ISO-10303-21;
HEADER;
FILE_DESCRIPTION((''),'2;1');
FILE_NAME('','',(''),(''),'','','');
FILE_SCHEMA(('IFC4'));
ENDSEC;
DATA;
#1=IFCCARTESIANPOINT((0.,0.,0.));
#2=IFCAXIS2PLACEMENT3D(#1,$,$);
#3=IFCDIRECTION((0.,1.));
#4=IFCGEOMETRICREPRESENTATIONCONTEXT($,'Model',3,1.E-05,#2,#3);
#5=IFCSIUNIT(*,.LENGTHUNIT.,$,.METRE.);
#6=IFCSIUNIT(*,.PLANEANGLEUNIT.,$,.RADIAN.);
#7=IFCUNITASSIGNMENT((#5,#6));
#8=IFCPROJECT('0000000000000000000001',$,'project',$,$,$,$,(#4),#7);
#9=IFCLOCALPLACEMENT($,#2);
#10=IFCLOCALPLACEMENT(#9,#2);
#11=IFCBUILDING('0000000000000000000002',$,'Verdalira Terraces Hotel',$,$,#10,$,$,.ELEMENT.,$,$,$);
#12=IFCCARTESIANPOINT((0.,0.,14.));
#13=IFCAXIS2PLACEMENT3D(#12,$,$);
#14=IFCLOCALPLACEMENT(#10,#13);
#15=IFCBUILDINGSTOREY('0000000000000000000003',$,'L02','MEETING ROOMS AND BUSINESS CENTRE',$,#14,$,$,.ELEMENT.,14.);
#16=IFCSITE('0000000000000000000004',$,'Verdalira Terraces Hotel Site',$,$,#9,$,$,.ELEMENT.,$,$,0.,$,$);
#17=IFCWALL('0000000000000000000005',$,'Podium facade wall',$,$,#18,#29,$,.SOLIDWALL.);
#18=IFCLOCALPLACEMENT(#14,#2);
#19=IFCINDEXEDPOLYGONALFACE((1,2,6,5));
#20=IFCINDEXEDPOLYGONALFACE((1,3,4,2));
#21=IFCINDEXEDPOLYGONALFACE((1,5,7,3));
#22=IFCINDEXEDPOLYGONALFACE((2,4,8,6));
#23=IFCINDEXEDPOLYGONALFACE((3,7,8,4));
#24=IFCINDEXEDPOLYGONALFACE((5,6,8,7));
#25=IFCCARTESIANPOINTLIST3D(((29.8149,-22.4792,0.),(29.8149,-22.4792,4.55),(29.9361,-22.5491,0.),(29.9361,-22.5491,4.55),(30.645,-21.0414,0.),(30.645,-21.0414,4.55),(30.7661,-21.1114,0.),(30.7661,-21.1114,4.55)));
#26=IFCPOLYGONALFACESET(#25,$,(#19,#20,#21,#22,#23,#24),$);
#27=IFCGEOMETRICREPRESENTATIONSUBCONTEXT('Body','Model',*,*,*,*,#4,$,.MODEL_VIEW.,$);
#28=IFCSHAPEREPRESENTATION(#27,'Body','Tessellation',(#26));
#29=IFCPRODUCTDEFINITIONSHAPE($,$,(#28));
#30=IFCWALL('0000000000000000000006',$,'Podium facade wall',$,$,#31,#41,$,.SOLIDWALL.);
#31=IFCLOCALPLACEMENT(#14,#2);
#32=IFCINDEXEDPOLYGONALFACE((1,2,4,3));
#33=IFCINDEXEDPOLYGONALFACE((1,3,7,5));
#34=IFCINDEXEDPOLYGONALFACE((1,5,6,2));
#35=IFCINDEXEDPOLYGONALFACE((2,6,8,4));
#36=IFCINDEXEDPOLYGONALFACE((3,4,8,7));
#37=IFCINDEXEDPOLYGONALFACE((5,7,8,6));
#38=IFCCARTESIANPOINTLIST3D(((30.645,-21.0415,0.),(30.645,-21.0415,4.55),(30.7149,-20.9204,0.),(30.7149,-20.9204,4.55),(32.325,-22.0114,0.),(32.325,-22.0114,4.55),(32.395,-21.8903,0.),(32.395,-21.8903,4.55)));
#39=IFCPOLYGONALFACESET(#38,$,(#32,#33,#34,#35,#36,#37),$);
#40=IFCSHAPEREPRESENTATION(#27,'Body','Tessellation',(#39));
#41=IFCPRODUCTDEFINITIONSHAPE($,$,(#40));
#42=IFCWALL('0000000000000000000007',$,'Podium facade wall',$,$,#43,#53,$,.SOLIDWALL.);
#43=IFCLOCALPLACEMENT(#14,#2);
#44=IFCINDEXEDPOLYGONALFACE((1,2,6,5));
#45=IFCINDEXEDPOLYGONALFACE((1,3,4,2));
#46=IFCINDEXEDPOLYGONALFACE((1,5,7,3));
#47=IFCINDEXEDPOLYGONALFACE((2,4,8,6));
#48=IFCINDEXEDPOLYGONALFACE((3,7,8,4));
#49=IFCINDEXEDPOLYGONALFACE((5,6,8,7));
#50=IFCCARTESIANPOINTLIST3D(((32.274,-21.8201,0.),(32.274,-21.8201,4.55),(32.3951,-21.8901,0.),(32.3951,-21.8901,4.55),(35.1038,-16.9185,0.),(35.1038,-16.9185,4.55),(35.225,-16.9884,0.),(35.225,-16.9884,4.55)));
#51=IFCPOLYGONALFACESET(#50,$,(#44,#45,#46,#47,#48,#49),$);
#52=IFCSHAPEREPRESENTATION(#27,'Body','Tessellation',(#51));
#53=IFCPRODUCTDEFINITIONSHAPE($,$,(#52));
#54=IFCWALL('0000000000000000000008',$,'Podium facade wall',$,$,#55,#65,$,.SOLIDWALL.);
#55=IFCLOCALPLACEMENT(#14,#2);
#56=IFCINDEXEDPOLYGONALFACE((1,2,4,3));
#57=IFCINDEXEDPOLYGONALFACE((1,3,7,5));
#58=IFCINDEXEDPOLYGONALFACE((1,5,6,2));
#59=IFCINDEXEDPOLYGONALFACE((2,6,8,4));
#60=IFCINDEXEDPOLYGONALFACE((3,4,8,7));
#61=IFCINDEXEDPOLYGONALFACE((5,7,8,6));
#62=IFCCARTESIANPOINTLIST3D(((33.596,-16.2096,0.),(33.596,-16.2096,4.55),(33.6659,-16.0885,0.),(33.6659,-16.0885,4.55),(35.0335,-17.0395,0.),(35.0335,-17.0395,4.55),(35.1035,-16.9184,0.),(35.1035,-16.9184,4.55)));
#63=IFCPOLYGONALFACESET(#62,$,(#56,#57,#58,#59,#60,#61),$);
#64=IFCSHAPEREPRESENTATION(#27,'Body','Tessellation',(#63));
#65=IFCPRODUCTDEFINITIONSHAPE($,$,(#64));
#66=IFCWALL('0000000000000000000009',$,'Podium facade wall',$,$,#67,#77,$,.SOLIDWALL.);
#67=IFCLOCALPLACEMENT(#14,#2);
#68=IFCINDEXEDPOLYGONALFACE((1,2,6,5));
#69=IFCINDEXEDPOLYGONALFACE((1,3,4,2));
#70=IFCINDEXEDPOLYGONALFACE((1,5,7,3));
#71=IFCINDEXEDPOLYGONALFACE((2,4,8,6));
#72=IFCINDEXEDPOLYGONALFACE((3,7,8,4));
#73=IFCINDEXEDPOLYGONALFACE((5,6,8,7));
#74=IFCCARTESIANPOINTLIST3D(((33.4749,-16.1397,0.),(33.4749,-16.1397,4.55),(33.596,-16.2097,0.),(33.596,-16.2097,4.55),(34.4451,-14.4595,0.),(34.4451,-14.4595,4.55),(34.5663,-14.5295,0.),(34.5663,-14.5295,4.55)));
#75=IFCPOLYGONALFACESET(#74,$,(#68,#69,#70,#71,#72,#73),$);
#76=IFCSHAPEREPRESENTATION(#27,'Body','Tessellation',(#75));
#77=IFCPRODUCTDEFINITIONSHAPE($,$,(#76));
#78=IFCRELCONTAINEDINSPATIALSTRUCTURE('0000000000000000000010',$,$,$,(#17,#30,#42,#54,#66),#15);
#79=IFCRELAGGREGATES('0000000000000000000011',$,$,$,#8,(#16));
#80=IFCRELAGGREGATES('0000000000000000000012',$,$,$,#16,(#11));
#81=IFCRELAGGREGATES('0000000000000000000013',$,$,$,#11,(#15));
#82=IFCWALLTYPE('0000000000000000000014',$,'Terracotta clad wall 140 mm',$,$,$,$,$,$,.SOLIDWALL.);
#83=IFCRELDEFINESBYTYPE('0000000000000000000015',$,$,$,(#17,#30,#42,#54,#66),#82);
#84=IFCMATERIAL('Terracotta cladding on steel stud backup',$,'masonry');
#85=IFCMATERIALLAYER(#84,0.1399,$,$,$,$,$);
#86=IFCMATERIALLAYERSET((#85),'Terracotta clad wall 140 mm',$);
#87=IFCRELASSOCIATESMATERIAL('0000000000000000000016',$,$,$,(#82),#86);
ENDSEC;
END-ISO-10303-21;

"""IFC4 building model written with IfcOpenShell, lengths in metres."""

from ifc_helpers import new_model, si_unit, direction, frame, frame_2d, origin, place, context, subcontext, project, spatial, rectangle, extrude, material, layer, layer_set, type_object, element, save


model = new_model("IFC4")

# Units and contexts
model_context = context("Model", 3, precision=1e-05, world=origin(), true_north=direction((0.0, 1.0)))
body_context = subcontext(model_context, "Body", "Model", "MODEL_VIEW")
ifc_project = project(units=[si_unit("LENGTHUNIT", "METRE"), si_unit("PLANEANGLEUNIT", "RADIAN")], contexts=[model_context])

# Site, building, storey
site_placement = place(None, origin())
site = spatial("IfcSite", under=ifc_project, at=site_placement, Name="Verdalira Terraces Hotel Site", CompositionType="ELEMENT", RefElevation=0.0)
building_placement = place(site_placement, origin())
building = spatial("IfcBuilding", under=site, at=building_placement, Name="Verdalira Terraces Hotel", CompositionType="ELEMENT")
storey_placement = place(building_placement, frame((0.0, 0.0, 14.0)))
storey = spatial("IfcBuildingStorey", under=building, at=storey_placement, Name="L02", Description="MEETING ROOMS AND BUSINESS CENTRE", CompositionType="ELEMENT", Elevation=14.0)

# Shared definitions
ifc_material_1 = material(Name="Terracotta cladding on steel stud backup", Category="masonry")
ifc_layer_1 = layer(ifc_material_1, 0.1399)
ifc_layer_set_1 = layer_set([ifc_layer_1], Name="Terracotta clad wall 140 mm")
wall_type_1 = type_object("IfcWallType", Name="Terracotta clad wall 140 mm", PredefinedType="SOLIDWALL", material=ifc_layer_set_1)

# Walls
wall_1_placement = place(storey_placement, frame((29.8755, -22.5142, 0.0), z_axis=(0.0, 0.0, 1.0), x_axis=(0.499998, 0.866026, 0.0)))
element("IfcWall", 1, at=wall_1_placement, inside=storey, type_object=wall_type_1, Name="Podium facade wall", PredefinedType="SOLIDWALL", context=body_context, shape_type="SweptSolid", body=[
    extrude(rectangle(XDim=1.6602, YDim=0.1399, at=frame_2d((0.8301, 0.0))), origin(), (0.0, 0.0, 1.0), 4.55),
])
wall_2_placement = place(storey_placement, frame((30.6799, -20.981, 0.0), z_axis=(0.0, 0.0, 1.0), x_axis=(0.866043, -0.499969, 0.0)))
element("IfcWall", 2, at=wall_2_placement, inside=storey, type_object=wall_type_1, Name="Podium facade wall", PredefinedType="SOLIDWALL", context=body_context, shape_type="SweptSolid", body=[
    extrude(rectangle(XDim=1.9399, YDim=0.1399, at=frame_2d((0.97, 0.0))), origin(), (0.0, 0.0, 1.0), 4.55),
])
wall_3_placement = place(storey_placement, frame((32.3345, -21.8552, 0.0), z_axis=(0.0, 0.0, 1.0), x_axis=(0.499985, 0.866034, 0.0)))
element("IfcWall", 3, at=wall_3_placement, inside=storey, type_object=wall_type_1, Name="Podium facade wall", PredefinedType="SOLIDWALL", context=body_context, shape_type="SweptSolid", body=[
    extrude(rectangle(XDim=5.6599, YDim=0.1399, at=frame_2d((2.8301, 0.0))), origin(), (0.0, 0.0, 1.0), 4.55),
])
wall_4_placement = place(storey_placement, frame((35.0686, -16.979, 0.0), z_axis=(0.0, 0.0, 1.0), x_axis=(-0.866053, 0.499952, 0.0)))
element("IfcWall", 4, at=wall_4_placement, inside=storey, type_object=wall_type_1, Name="Podium facade wall", PredefinedType="SOLIDWALL", context=body_context, shape_type="SweptSolid", body=[
    extrude(rectangle(XDim=1.6599, YDim=0.1399, at=frame_2d((0.8301, 0.0))), origin(), (0.0, 0.0, 1.0), 4.55),
])
wall_5_placement = place(storey_placement, frame((33.5354, -16.1748, 0.0), z_axis=(0.0, 0.0, 1.0), x_axis=(0.500064, 0.865989, 0.0)))
element("IfcWall", 5, at=wall_5_placement, inside=storey, type_object=wall_type_1, Name="Podium facade wall", PredefinedType="SOLIDWALL", context=body_context, shape_type="SweptSolid", body=[
    extrude(rectangle(XDim=1.9402, YDim=0.1399, at=frame_2d((0.9702, 0.0))), origin(), (0.0, 0.0, 1.0), 4.55),
])

save(model, "model.ifc")
